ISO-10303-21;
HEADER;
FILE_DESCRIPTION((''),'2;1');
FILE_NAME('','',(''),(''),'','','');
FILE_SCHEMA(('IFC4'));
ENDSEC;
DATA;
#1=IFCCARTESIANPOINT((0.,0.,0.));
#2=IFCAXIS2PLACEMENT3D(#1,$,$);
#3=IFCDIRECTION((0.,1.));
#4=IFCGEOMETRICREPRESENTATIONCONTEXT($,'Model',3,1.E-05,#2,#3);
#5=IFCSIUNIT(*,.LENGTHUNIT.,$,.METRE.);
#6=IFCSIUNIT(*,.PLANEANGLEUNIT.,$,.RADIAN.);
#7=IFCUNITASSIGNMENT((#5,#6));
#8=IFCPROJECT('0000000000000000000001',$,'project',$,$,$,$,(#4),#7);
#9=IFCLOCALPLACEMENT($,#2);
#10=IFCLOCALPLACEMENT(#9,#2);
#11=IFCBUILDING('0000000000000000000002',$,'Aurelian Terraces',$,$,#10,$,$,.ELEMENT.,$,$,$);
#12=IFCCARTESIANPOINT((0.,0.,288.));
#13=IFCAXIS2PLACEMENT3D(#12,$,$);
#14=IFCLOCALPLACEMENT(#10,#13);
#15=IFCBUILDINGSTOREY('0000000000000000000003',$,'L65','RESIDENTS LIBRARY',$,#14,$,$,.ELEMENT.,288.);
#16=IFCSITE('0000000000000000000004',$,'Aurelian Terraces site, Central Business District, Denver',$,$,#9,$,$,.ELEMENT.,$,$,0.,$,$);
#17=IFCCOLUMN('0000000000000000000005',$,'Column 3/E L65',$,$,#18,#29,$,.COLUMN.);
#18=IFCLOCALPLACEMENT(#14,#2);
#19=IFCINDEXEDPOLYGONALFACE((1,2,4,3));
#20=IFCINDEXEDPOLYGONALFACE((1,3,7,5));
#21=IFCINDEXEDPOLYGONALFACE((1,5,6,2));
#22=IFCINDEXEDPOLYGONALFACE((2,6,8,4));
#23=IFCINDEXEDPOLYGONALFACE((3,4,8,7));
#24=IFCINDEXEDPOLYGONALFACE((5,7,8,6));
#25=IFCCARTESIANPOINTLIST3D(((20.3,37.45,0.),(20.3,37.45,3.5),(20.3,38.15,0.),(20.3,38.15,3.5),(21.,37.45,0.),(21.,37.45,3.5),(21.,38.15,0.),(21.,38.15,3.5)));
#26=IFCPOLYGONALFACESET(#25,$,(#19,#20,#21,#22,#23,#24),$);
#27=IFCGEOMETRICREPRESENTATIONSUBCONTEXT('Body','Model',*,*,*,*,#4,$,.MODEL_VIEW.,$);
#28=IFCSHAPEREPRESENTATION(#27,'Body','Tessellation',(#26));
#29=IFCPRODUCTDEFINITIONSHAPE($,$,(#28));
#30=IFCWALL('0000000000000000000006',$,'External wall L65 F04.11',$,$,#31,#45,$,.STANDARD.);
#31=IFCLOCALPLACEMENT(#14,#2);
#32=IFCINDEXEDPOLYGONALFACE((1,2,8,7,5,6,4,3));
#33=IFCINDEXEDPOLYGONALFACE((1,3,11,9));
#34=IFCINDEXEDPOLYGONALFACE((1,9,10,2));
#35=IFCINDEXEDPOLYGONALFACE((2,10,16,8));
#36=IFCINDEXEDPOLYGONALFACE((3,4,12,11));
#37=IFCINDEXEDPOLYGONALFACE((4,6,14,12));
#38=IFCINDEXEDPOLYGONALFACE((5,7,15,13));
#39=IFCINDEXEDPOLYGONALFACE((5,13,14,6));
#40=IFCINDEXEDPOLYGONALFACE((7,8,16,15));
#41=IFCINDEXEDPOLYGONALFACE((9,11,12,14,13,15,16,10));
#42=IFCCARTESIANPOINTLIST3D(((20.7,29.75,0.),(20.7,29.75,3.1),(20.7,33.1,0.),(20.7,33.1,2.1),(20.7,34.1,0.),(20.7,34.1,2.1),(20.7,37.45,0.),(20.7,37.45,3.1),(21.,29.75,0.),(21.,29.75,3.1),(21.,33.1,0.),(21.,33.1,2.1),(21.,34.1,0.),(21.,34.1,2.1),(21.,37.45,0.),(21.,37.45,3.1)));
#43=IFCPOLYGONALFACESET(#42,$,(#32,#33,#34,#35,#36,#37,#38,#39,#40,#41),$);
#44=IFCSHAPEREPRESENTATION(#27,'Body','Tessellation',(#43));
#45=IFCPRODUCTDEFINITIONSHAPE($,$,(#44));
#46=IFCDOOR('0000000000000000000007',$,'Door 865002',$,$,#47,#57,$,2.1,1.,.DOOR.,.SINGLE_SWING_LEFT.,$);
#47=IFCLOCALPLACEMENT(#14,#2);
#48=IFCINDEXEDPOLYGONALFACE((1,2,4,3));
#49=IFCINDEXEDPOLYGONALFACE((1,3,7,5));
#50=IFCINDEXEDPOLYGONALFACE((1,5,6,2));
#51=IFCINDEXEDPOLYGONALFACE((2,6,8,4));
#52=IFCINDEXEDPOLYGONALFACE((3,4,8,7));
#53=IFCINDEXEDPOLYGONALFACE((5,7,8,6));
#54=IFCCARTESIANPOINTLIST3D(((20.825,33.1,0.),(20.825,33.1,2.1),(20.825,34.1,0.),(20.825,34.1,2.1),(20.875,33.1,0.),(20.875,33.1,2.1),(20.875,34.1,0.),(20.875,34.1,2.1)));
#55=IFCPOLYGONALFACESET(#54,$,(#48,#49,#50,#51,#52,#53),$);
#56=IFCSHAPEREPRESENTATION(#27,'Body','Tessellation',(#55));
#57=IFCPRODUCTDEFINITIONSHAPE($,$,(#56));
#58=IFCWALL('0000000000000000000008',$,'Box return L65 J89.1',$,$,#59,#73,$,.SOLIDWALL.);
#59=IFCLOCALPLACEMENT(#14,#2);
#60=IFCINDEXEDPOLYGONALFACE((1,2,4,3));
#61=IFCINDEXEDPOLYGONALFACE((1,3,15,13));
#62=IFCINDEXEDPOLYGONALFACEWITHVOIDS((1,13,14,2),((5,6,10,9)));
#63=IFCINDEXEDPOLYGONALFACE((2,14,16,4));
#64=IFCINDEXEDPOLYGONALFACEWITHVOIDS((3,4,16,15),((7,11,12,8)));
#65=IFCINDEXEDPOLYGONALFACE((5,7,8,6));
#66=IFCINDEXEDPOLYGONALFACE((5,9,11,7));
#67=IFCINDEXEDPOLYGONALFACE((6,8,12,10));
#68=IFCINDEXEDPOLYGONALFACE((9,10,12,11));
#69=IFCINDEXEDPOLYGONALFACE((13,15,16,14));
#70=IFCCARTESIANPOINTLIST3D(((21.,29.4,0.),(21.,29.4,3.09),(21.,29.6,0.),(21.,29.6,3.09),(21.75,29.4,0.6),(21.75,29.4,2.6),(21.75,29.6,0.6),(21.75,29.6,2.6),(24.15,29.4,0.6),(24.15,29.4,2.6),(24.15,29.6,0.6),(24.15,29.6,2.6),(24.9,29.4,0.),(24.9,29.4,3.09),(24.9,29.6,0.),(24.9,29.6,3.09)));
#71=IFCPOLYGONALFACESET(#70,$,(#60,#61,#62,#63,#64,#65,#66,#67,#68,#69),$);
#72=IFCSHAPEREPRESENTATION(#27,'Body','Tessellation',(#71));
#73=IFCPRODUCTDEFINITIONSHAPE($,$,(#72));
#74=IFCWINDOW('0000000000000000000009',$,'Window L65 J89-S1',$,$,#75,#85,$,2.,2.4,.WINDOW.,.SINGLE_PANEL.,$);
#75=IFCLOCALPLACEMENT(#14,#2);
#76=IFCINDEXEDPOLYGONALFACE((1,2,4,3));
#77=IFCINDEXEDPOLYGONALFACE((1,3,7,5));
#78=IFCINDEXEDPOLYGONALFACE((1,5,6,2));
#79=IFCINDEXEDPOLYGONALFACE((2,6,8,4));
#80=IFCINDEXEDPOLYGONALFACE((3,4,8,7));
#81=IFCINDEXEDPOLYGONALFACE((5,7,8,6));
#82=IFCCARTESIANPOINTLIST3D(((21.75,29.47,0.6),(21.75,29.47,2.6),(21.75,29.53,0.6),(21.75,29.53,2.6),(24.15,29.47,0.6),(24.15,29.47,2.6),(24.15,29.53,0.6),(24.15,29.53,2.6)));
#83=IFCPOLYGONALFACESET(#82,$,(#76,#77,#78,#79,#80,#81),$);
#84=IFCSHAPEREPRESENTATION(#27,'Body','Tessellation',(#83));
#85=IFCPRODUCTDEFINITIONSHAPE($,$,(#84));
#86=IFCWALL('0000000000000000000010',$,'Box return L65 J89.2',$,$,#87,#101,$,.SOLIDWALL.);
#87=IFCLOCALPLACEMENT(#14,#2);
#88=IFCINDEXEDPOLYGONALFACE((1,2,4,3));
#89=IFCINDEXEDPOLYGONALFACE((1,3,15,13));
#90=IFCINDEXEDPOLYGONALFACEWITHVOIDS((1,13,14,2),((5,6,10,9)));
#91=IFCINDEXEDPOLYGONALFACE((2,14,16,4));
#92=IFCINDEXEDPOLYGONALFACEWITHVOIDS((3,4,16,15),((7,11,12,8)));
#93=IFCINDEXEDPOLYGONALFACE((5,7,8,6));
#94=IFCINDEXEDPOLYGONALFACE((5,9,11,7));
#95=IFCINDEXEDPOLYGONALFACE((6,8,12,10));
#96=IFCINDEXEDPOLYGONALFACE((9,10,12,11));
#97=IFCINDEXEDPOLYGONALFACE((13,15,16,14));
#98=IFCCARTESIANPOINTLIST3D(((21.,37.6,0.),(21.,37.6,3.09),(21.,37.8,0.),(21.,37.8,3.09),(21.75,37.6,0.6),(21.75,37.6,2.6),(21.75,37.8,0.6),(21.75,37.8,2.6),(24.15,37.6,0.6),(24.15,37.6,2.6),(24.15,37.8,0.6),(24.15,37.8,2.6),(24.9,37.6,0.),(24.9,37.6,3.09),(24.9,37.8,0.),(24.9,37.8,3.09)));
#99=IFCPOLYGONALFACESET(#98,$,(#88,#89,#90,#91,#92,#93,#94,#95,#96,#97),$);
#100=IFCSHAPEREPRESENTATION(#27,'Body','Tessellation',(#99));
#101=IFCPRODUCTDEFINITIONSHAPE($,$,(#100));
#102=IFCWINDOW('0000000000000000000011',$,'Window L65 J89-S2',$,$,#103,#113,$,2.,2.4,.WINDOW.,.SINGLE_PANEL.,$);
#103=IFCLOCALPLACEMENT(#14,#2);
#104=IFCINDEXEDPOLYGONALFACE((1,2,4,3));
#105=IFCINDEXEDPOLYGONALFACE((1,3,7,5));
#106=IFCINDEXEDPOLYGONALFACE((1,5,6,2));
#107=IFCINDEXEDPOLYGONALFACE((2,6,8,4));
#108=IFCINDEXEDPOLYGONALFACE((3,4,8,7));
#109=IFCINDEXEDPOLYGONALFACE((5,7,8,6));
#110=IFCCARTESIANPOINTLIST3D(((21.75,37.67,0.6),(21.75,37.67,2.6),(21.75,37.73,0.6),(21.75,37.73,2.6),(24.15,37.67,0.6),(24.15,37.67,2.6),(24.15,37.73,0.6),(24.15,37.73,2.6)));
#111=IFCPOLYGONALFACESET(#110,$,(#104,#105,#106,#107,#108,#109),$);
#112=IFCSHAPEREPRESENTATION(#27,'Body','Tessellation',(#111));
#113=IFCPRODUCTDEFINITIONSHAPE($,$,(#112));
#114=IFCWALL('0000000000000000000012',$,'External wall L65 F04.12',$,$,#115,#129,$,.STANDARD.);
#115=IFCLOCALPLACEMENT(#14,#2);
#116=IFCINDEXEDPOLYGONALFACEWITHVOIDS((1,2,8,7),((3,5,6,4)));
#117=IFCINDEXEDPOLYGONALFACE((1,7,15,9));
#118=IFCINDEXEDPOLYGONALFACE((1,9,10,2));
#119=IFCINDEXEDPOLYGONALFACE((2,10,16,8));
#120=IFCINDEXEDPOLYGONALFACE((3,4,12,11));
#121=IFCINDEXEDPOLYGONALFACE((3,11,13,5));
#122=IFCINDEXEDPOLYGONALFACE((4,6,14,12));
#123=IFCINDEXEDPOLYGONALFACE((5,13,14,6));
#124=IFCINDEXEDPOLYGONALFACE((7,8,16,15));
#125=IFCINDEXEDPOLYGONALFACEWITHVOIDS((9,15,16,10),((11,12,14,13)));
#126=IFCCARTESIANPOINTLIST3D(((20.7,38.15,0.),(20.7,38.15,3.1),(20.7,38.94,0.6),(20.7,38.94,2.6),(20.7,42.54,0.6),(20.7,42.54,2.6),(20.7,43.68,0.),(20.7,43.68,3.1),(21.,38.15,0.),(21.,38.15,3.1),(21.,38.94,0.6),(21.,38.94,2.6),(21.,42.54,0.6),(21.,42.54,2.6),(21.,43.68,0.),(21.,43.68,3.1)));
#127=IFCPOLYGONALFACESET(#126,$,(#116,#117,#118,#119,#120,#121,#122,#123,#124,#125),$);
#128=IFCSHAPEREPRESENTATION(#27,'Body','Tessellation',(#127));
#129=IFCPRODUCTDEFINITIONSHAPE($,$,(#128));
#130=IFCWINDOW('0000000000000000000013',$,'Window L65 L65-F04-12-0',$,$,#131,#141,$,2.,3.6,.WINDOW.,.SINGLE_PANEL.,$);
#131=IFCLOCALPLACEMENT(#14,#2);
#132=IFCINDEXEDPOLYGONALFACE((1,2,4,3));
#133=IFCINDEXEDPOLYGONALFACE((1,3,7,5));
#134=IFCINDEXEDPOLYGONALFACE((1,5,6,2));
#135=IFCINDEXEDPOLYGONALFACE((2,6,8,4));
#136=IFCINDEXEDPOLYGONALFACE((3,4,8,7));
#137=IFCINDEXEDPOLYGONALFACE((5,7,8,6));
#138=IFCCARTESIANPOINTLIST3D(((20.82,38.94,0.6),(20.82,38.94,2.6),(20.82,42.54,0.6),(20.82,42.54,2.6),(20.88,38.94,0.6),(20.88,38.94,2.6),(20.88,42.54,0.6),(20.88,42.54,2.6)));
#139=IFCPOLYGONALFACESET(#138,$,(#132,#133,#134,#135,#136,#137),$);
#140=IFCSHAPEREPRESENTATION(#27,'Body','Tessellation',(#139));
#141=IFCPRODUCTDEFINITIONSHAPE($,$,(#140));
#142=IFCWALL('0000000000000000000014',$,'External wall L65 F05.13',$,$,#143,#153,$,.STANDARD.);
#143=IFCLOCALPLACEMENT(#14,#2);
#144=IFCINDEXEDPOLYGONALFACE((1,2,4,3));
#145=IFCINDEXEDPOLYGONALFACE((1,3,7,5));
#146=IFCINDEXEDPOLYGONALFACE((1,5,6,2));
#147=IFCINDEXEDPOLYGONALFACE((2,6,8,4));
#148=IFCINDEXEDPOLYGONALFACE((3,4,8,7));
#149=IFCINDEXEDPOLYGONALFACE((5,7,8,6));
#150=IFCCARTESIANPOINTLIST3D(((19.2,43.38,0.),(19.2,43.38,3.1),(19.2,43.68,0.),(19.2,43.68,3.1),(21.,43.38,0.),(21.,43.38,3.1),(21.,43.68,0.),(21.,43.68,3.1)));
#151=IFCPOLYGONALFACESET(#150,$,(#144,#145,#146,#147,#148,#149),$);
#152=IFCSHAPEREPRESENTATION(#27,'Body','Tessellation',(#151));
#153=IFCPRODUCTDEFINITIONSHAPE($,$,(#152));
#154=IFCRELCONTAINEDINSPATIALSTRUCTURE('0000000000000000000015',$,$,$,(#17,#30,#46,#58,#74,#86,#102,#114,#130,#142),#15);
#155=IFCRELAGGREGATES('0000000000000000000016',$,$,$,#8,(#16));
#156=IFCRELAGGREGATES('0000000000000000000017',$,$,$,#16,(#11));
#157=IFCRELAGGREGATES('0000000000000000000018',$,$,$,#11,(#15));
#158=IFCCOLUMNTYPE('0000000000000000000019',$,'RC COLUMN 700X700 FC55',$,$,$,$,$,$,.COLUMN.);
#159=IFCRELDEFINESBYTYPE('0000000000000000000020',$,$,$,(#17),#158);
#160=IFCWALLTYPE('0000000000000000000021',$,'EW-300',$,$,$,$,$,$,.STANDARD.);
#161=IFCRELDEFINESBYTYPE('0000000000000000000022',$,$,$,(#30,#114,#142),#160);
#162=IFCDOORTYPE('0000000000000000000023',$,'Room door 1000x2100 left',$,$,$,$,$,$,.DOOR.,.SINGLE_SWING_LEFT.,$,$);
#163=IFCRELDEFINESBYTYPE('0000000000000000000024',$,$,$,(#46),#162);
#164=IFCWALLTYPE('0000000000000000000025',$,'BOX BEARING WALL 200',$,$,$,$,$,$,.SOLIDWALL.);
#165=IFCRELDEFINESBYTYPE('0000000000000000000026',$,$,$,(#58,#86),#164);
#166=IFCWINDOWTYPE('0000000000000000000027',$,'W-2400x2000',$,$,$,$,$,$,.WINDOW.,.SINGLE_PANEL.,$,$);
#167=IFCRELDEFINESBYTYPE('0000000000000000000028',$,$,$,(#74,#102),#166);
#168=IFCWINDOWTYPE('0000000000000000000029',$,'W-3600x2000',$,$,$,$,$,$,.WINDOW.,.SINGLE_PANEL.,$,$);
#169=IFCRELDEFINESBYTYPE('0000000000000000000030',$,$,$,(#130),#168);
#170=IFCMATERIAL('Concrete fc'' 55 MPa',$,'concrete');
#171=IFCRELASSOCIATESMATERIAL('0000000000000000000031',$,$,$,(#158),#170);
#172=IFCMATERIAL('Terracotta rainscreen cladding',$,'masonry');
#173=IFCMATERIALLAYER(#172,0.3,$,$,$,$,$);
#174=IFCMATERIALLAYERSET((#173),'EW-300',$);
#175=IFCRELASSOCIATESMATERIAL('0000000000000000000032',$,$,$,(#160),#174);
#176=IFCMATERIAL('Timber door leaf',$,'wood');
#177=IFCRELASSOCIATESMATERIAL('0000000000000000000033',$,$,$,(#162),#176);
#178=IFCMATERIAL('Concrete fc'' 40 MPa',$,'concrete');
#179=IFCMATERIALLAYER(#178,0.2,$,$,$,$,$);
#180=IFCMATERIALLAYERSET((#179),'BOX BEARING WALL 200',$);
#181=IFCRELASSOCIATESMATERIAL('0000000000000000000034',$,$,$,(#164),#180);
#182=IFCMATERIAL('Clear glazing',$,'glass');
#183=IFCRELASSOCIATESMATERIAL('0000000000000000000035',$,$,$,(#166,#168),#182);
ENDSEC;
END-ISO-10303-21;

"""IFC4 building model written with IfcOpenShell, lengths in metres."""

from ifc_helpers import new_model, si_unit, direction, frame, frame_2d, origin, origin_2d, place, context, subcontext, project, spatial, rectangle, extrude, source, transform, mapped, material, layer, layer_set, material_profile, profile_set, type_object, element, fill, save


model = new_model("IFC4")

# Units and contexts
model_context = context("Model", 3, precision=1e-05, world=origin(), true_north=direction((0.0, 1.0)))
body_context = subcontext(model_context, "Body", "Model", "MODEL_VIEW")
ifc_project = project(units=[si_unit("LENGTHUNIT", "METRE"), si_unit("PLANEANGLEUNIT", "RADIAN")], contexts=[model_context])

# Site, building, storey
site_placement = place(None, origin())
site = spatial("IfcSite", under=ifc_project, at=site_placement, Name="Aurelian Terraces site, Central Business District, Denver", CompositionType="ELEMENT", RefElevation=0.0)
building_placement = place(site_placement, origin())
building = spatial("IfcBuilding", under=site, at=building_placement, Name="Aurelian Terraces", CompositionType="ELEMENT")
storey_placement = place(building_placement, frame((0.0, 0.0, 288.0)))
storey = spatial("IfcBuildingStorey", under=building, at=storey_placement, Name="L65", Description="RESIDENTS LIBRARY", CompositionType="ELEMENT", Elevation=288.0)

# Column
ifc_material_1 = material(Name="Concrete fc' 55 MPa", Category="concrete")
ifc_material_profile = material_profile(ifc_material_1, rectangle(XDim=0.7, YDim=0.7, at=origin_2d()))
ifc_profile_set = profile_set([ifc_material_profile], Name="Concrete fc' 55 MPa")
column_type = type_object("IfcColumnType", Name="RC COLUMN 700X700 FC55", PredefinedType="COLUMN", material=ifc_profile_set)
shared_shape_1 = source(origin(), body_context, "Body", "SweptSolid", [
    extrude(rectangle(XDim=0.7, YDim=0.7, at=origin_2d()), origin(), (0.0, 0.0, 1.0), 3.5),
])
column_placement = place(storey_placement, frame((20.65, 37.8, 0.0), z_axis=(0.0, 0.0, 1.0), x_axis=(1.0, 0.0, 0.0)))
element("IfcColumn", 1, at=column_placement, inside=storey, type_object=column_type, Name="Column 3/E L65", PredefinedType="COLUMN", context=body_context, shape_type="MappedRepresentation", body=[
    mapped(shared_shape_1, transform((0.0, 0.0, 0.0), scale=1.0)),
])

# Wall, opening, door
ifc_material_2 = material(Name="Terracotta rainscreen cladding", Category="masonry")
ifc_layer_1 = layer(ifc_material_2, 0.3)
ifc_layer_set_1 = layer_set([ifc_layer_1], Name="EW-300")
wall_type_1 = type_object("IfcWallType", Name="EW-300", PredefinedType="STANDARD", material=ifc_layer_set_1)
shared_shape_2 = source(origin(), body_context, "Body", "SweptSolid", [
    extrude(rectangle(XDim=7.7, YDim=0.3, at=frame_2d((3.85, 0.0))), origin(), (0.0, 0.0, 1.0), 3.1),
])
wall_1_placement = place(storey_placement, frame((20.85, 29.75, 0.0), z_axis=(0.0, 0.0, 1.0), x_axis=(0.0, 1.0, 0.0)))
wall_1 = element("IfcWall", 2, at=wall_1_placement, inside=storey, type_object=wall_type_1, Name="External wall L65 F04.11", PredefinedType="STANDARD", context=body_context, shape_type="MappedRepresentation", body=[
    mapped(shared_shape_2, transform((0.0, 0.0, 0.0), scale=1.0)),
])
shared_shape_3 = source(origin(), body_context, "Body", "SweptSolid", [
    extrude(rectangle(XDim=1.0, YDim=2.1, at=frame_2d((0.5, 1.05))), frame((0.0, 0.16, 0.0), z_axis=(0.0, -1.0, 0.0), x_axis=(1.0, 0.0, 0.0)), (0.0, 0.0, 1.0), 0.32),
])
opening_1_placement = place(wall_1_placement, frame((3.35, 0.0, 0.0)))
opening_1 = element("IfcOpeningElement", 3, at=opening_1_placement, cuts=wall_1, PredefinedType="OPENING", context=body_context, shape_type="MappedRepresentation", body=[
    mapped(shared_shape_3, transform((0.0, 0.0, 0.0), scale=1.0)),
])
ifc_material_3 = material(Name="Timber door leaf", Category="wood")
door_type_1 = type_object("IfcDoorType", Name="Room door 1000x2100 left", OperationType="SINGLE_SWING_LEFT", PredefinedType="DOOR", material=ifc_material_3)
shared_shape_4 = source(origin(), body_context, "Body", "SweptSolid", [
    extrude(rectangle(XDim=1.0, YDim=2.1, at=frame_2d((0.5, 1.05))), frame((0.0, 0.025, 0.0), z_axis=(0.0, -1.0, 0.0), x_axis=(1.0, 0.0, 0.0)), (0.0, 0.0, 1.0), 0.05),
])
door_1_placement = place(opening_1_placement, origin())
door_1 = element("IfcDoor", 4, at=door_1_placement, inside=storey, type_object=door_type_1, Name="Door 865002", OperationType="SINGLE_SWING_LEFT", OverallHeight=2.1, OverallWidth=1.0, PredefinedType="DOOR", context=body_context, shape_type="MappedRepresentation", body=[
    mapped(shared_shape_4, transform((0.0, 0.0, 0.0), scale=1.0)),
])
fill(opening_1, door_1)

# Walls, openings, windows
ifc_material_4 = material(Name="Concrete fc' 40 MPa", Category="concrete")
ifc_layer_2 = layer(ifc_material_4, 0.2)
ifc_layer_set_2 = layer_set([ifc_layer_2], Name="BOX BEARING WALL 200")
wall_type_2 = type_object("IfcWallType", Name="BOX BEARING WALL 200", PredefinedType="SOLIDWALL", material=ifc_layer_set_2)
shared_shape_5 = source(origin(), body_context, "Body", "SweptSolid", [
    extrude(rectangle(XDim=3.9, YDim=0.2, at=frame_2d((1.95, 0.0))), origin(), (0.0, 0.0, 1.0), 3.09),
])
wall_2_placement = place(storey_placement, frame((21.0, 29.5, 0.0), z_axis=(0.0, 0.0, 1.0), x_axis=(1.0, 0.0, 0.0)))
wall_2 = element("IfcWall", 5, at=wall_2_placement, inside=storey, type_object=wall_type_2, Name="Box return L65 J89.1", PredefinedType="SOLIDWALL", context=body_context, shape_type="MappedRepresentation", body=[
    mapped(shared_shape_5, transform((0.0, 0.0, 0.0), scale=1.0)),
])
shared_shape_6 = source(origin(), body_context, "Body", "SweptSolid", [
    extrude(rectangle(XDim=2.4, YDim=2.0, at=frame_2d((1.2, 1.0))), frame((0.0, 0.11, 0.0), z_axis=(0.0, -1.0, 0.0), x_axis=(1.0, 0.0, 0.0)), (0.0, 0.0, 1.0), 0.22),
])
opening_2_placement = place(wall_2_placement, frame((0.75, 0.0, 0.6)))
opening_2 = element("IfcOpeningElement", 6, at=opening_2_placement, cuts=wall_2, PredefinedType="OPENING", context=body_context, shape_type="MappedRepresentation", body=[
    mapped(shared_shape_6, transform((0.0, 0.0, 0.0), scale=1.0)),
])
ifc_material_5 = material(Name="Clear glazing", Category="glass")
window_type_1 = type_object("IfcWindowType", Name="W-2400x2000", PartitioningType="SINGLE_PANEL", PredefinedType="WINDOW", material=ifc_material_5)
shared_shape_7 = source(origin(), body_context, "Body", "SweptSolid", [
    extrude(rectangle(XDim=2.4, YDim=2.0, at=frame_2d((1.2, 1.0))), frame((0.0, 0.03, 0.0), z_axis=(0.0, -1.0, 0.0), x_axis=(1.0, 0.0, 0.0)), (0.0, 0.0, 1.0), 0.06),
])
window_1_placement = place(opening_2_placement, origin())
window_1 = element("IfcWindow", 7, at=window_1_placement, inside=storey, type_object=window_type_1, Name="Window L65 J89-S1", OverallHeight=2.0, OverallWidth=2.4, PartitioningType="SINGLE_PANEL", PredefinedType="WINDOW", context=body_context, shape_type="MappedRepresentation", body=[
    mapped(shared_shape_7, transform((0.0, 0.0, 0.0), scale=1.0)),
])
fill(opening_2, window_1)
wall_3_placement = place(storey_placement, frame((21.0, 37.7, 0.0), z_axis=(0.0, 0.0, 1.0), x_axis=(1.0, 0.0, 0.0)))
wall_3 = element("IfcWall", 8, at=wall_3_placement, inside=storey, type_object=wall_type_2, Name="Box return L65 J89.2", PredefinedType="SOLIDWALL", context=body_context, shape_type="MappedRepresentation", body=[
    mapped(shared_shape_5, transform((0.0, 0.0, 0.0), scale=1.0)),
])
opening_3_placement = place(wall_3_placement, frame((0.75, 0.0, 0.6)))
opening_3 = element("IfcOpeningElement", 9, at=opening_3_placement, cuts=wall_3, PredefinedType="OPENING", context=body_context, shape_type="MappedRepresentation", body=[
    mapped(shared_shape_6, transform((0.0, 0.0, 0.0), scale=1.0)),
])
window_2_placement = place(opening_3_placement, origin())
window_2 = element("IfcWindow", 10, at=window_2_placement, inside=storey, type_object=window_type_1, Name="Window L65 J89-S2", OverallHeight=2.0, OverallWidth=2.4, PartitioningType="SINGLE_PANEL", PredefinedType="WINDOW", context=body_context, shape_type="MappedRepresentation", body=[
    mapped(shared_shape_7, transform((0.0, 0.0, 0.0), scale=1.0)),
])
fill(opening_3, window_2)
shared_shape_8 = source(origin(), body_context, "Body", "SweptSolid", [
    extrude(rectangle(XDim=5.53, YDim=0.3, at=frame_2d((2.765, 0.0))), origin(), (0.0, 0.0, 1.0), 3.1),
])
wall_4_placement = place(storey_placement, frame((20.85, 38.15, 0.0), z_axis=(0.0, 0.0, 1.0), x_axis=(0.0, 1.0, 0.0)))
wall_4 = element("IfcWall", 11, at=wall_4_placement, inside=storey, type_object=wall_type_1, Name="External wall L65 F04.12", PredefinedType="STANDARD", context=body_context, shape_type="MappedRepresentation", body=[
    mapped(shared_shape_8, transform((0.0, 0.0, 0.0), scale=1.0)),
])
shared_shape_9 = source(origin(), body_context, "Body", "SweptSolid", [
    extrude(rectangle(XDim=3.6, YDim=2.0, at=frame_2d((1.8, 1.0))), frame((0.0, 0.16, 0.0), z_axis=(0.0, -1.0, 0.0), x_axis=(1.0, 0.0, 0.0)), (0.0, 0.0, 1.0), 0.32),
])
opening_4_placement = place(wall_4_placement, frame((0.79, 0.0, 0.6)))
opening_4 = element("IfcOpeningElement", 12, at=opening_4_placement, cuts=wall_4, PredefinedType="OPENING", context=body_context, shape_type="MappedRepresentation", body=[
    mapped(shared_shape_9, transform((0.0, 0.0, 0.0), scale=1.0)),
])
window_type_2 = type_object("IfcWindowType", Name="W-3600x2000", PartitioningType="SINGLE_PANEL", PredefinedType="WINDOW", material=ifc_material_5)
shared_shape_10 = source(origin(), body_context, "Body", "SweptSolid", [
    extrude(rectangle(XDim=3.6, YDim=2.0, at=frame_2d((1.8, 1.0))), frame((0.0, 0.03, 0.0), z_axis=(0.0, -1.0, 0.0), x_axis=(1.0, 0.0, 0.0)), (0.0, 0.0, 1.0), 0.06),
])
window_3_placement = place(opening_4_placement, origin())
window_3 = element("IfcWindow", 13, at=window_3_placement, inside=storey, type_object=window_type_2, Name="Window L65 L65-F04-12-0", OverallHeight=2.0, OverallWidth=3.6, PartitioningType="SINGLE_PANEL", PredefinedType="WINDOW", context=body_context, shape_type="MappedRepresentation", body=[
    mapped(shared_shape_10, transform((0.0, 0.0, 0.0), scale=1.0)),
])
fill(opening_4, window_3)

# Wall
shared_shape_11 = source(origin(), body_context, "Body", "SweptSolid", [
    extrude(rectangle(XDim=1.8, YDim=0.3, at=frame_2d((0.9, 0.0))), origin(), (0.0, 0.0, 1.0), 3.1),
])
wall_5_placement = place(storey_placement, frame((21.0, 43.53, 0.0), z_axis=(0.0, 0.0, 1.0), x_axis=(-1.0, 0.0, 0.0)))
element("IfcWall", 14, at=wall_5_placement, inside=storey, type_object=wall_type_1, Name="External wall L65 F05.13", PredefinedType="STANDARD", context=body_context, shape_type="MappedRepresentation", body=[
    mapped(shared_shape_11, transform((0.0, 0.0, 0.0), scale=1.0)),
])

save(model, "model.ifc")
